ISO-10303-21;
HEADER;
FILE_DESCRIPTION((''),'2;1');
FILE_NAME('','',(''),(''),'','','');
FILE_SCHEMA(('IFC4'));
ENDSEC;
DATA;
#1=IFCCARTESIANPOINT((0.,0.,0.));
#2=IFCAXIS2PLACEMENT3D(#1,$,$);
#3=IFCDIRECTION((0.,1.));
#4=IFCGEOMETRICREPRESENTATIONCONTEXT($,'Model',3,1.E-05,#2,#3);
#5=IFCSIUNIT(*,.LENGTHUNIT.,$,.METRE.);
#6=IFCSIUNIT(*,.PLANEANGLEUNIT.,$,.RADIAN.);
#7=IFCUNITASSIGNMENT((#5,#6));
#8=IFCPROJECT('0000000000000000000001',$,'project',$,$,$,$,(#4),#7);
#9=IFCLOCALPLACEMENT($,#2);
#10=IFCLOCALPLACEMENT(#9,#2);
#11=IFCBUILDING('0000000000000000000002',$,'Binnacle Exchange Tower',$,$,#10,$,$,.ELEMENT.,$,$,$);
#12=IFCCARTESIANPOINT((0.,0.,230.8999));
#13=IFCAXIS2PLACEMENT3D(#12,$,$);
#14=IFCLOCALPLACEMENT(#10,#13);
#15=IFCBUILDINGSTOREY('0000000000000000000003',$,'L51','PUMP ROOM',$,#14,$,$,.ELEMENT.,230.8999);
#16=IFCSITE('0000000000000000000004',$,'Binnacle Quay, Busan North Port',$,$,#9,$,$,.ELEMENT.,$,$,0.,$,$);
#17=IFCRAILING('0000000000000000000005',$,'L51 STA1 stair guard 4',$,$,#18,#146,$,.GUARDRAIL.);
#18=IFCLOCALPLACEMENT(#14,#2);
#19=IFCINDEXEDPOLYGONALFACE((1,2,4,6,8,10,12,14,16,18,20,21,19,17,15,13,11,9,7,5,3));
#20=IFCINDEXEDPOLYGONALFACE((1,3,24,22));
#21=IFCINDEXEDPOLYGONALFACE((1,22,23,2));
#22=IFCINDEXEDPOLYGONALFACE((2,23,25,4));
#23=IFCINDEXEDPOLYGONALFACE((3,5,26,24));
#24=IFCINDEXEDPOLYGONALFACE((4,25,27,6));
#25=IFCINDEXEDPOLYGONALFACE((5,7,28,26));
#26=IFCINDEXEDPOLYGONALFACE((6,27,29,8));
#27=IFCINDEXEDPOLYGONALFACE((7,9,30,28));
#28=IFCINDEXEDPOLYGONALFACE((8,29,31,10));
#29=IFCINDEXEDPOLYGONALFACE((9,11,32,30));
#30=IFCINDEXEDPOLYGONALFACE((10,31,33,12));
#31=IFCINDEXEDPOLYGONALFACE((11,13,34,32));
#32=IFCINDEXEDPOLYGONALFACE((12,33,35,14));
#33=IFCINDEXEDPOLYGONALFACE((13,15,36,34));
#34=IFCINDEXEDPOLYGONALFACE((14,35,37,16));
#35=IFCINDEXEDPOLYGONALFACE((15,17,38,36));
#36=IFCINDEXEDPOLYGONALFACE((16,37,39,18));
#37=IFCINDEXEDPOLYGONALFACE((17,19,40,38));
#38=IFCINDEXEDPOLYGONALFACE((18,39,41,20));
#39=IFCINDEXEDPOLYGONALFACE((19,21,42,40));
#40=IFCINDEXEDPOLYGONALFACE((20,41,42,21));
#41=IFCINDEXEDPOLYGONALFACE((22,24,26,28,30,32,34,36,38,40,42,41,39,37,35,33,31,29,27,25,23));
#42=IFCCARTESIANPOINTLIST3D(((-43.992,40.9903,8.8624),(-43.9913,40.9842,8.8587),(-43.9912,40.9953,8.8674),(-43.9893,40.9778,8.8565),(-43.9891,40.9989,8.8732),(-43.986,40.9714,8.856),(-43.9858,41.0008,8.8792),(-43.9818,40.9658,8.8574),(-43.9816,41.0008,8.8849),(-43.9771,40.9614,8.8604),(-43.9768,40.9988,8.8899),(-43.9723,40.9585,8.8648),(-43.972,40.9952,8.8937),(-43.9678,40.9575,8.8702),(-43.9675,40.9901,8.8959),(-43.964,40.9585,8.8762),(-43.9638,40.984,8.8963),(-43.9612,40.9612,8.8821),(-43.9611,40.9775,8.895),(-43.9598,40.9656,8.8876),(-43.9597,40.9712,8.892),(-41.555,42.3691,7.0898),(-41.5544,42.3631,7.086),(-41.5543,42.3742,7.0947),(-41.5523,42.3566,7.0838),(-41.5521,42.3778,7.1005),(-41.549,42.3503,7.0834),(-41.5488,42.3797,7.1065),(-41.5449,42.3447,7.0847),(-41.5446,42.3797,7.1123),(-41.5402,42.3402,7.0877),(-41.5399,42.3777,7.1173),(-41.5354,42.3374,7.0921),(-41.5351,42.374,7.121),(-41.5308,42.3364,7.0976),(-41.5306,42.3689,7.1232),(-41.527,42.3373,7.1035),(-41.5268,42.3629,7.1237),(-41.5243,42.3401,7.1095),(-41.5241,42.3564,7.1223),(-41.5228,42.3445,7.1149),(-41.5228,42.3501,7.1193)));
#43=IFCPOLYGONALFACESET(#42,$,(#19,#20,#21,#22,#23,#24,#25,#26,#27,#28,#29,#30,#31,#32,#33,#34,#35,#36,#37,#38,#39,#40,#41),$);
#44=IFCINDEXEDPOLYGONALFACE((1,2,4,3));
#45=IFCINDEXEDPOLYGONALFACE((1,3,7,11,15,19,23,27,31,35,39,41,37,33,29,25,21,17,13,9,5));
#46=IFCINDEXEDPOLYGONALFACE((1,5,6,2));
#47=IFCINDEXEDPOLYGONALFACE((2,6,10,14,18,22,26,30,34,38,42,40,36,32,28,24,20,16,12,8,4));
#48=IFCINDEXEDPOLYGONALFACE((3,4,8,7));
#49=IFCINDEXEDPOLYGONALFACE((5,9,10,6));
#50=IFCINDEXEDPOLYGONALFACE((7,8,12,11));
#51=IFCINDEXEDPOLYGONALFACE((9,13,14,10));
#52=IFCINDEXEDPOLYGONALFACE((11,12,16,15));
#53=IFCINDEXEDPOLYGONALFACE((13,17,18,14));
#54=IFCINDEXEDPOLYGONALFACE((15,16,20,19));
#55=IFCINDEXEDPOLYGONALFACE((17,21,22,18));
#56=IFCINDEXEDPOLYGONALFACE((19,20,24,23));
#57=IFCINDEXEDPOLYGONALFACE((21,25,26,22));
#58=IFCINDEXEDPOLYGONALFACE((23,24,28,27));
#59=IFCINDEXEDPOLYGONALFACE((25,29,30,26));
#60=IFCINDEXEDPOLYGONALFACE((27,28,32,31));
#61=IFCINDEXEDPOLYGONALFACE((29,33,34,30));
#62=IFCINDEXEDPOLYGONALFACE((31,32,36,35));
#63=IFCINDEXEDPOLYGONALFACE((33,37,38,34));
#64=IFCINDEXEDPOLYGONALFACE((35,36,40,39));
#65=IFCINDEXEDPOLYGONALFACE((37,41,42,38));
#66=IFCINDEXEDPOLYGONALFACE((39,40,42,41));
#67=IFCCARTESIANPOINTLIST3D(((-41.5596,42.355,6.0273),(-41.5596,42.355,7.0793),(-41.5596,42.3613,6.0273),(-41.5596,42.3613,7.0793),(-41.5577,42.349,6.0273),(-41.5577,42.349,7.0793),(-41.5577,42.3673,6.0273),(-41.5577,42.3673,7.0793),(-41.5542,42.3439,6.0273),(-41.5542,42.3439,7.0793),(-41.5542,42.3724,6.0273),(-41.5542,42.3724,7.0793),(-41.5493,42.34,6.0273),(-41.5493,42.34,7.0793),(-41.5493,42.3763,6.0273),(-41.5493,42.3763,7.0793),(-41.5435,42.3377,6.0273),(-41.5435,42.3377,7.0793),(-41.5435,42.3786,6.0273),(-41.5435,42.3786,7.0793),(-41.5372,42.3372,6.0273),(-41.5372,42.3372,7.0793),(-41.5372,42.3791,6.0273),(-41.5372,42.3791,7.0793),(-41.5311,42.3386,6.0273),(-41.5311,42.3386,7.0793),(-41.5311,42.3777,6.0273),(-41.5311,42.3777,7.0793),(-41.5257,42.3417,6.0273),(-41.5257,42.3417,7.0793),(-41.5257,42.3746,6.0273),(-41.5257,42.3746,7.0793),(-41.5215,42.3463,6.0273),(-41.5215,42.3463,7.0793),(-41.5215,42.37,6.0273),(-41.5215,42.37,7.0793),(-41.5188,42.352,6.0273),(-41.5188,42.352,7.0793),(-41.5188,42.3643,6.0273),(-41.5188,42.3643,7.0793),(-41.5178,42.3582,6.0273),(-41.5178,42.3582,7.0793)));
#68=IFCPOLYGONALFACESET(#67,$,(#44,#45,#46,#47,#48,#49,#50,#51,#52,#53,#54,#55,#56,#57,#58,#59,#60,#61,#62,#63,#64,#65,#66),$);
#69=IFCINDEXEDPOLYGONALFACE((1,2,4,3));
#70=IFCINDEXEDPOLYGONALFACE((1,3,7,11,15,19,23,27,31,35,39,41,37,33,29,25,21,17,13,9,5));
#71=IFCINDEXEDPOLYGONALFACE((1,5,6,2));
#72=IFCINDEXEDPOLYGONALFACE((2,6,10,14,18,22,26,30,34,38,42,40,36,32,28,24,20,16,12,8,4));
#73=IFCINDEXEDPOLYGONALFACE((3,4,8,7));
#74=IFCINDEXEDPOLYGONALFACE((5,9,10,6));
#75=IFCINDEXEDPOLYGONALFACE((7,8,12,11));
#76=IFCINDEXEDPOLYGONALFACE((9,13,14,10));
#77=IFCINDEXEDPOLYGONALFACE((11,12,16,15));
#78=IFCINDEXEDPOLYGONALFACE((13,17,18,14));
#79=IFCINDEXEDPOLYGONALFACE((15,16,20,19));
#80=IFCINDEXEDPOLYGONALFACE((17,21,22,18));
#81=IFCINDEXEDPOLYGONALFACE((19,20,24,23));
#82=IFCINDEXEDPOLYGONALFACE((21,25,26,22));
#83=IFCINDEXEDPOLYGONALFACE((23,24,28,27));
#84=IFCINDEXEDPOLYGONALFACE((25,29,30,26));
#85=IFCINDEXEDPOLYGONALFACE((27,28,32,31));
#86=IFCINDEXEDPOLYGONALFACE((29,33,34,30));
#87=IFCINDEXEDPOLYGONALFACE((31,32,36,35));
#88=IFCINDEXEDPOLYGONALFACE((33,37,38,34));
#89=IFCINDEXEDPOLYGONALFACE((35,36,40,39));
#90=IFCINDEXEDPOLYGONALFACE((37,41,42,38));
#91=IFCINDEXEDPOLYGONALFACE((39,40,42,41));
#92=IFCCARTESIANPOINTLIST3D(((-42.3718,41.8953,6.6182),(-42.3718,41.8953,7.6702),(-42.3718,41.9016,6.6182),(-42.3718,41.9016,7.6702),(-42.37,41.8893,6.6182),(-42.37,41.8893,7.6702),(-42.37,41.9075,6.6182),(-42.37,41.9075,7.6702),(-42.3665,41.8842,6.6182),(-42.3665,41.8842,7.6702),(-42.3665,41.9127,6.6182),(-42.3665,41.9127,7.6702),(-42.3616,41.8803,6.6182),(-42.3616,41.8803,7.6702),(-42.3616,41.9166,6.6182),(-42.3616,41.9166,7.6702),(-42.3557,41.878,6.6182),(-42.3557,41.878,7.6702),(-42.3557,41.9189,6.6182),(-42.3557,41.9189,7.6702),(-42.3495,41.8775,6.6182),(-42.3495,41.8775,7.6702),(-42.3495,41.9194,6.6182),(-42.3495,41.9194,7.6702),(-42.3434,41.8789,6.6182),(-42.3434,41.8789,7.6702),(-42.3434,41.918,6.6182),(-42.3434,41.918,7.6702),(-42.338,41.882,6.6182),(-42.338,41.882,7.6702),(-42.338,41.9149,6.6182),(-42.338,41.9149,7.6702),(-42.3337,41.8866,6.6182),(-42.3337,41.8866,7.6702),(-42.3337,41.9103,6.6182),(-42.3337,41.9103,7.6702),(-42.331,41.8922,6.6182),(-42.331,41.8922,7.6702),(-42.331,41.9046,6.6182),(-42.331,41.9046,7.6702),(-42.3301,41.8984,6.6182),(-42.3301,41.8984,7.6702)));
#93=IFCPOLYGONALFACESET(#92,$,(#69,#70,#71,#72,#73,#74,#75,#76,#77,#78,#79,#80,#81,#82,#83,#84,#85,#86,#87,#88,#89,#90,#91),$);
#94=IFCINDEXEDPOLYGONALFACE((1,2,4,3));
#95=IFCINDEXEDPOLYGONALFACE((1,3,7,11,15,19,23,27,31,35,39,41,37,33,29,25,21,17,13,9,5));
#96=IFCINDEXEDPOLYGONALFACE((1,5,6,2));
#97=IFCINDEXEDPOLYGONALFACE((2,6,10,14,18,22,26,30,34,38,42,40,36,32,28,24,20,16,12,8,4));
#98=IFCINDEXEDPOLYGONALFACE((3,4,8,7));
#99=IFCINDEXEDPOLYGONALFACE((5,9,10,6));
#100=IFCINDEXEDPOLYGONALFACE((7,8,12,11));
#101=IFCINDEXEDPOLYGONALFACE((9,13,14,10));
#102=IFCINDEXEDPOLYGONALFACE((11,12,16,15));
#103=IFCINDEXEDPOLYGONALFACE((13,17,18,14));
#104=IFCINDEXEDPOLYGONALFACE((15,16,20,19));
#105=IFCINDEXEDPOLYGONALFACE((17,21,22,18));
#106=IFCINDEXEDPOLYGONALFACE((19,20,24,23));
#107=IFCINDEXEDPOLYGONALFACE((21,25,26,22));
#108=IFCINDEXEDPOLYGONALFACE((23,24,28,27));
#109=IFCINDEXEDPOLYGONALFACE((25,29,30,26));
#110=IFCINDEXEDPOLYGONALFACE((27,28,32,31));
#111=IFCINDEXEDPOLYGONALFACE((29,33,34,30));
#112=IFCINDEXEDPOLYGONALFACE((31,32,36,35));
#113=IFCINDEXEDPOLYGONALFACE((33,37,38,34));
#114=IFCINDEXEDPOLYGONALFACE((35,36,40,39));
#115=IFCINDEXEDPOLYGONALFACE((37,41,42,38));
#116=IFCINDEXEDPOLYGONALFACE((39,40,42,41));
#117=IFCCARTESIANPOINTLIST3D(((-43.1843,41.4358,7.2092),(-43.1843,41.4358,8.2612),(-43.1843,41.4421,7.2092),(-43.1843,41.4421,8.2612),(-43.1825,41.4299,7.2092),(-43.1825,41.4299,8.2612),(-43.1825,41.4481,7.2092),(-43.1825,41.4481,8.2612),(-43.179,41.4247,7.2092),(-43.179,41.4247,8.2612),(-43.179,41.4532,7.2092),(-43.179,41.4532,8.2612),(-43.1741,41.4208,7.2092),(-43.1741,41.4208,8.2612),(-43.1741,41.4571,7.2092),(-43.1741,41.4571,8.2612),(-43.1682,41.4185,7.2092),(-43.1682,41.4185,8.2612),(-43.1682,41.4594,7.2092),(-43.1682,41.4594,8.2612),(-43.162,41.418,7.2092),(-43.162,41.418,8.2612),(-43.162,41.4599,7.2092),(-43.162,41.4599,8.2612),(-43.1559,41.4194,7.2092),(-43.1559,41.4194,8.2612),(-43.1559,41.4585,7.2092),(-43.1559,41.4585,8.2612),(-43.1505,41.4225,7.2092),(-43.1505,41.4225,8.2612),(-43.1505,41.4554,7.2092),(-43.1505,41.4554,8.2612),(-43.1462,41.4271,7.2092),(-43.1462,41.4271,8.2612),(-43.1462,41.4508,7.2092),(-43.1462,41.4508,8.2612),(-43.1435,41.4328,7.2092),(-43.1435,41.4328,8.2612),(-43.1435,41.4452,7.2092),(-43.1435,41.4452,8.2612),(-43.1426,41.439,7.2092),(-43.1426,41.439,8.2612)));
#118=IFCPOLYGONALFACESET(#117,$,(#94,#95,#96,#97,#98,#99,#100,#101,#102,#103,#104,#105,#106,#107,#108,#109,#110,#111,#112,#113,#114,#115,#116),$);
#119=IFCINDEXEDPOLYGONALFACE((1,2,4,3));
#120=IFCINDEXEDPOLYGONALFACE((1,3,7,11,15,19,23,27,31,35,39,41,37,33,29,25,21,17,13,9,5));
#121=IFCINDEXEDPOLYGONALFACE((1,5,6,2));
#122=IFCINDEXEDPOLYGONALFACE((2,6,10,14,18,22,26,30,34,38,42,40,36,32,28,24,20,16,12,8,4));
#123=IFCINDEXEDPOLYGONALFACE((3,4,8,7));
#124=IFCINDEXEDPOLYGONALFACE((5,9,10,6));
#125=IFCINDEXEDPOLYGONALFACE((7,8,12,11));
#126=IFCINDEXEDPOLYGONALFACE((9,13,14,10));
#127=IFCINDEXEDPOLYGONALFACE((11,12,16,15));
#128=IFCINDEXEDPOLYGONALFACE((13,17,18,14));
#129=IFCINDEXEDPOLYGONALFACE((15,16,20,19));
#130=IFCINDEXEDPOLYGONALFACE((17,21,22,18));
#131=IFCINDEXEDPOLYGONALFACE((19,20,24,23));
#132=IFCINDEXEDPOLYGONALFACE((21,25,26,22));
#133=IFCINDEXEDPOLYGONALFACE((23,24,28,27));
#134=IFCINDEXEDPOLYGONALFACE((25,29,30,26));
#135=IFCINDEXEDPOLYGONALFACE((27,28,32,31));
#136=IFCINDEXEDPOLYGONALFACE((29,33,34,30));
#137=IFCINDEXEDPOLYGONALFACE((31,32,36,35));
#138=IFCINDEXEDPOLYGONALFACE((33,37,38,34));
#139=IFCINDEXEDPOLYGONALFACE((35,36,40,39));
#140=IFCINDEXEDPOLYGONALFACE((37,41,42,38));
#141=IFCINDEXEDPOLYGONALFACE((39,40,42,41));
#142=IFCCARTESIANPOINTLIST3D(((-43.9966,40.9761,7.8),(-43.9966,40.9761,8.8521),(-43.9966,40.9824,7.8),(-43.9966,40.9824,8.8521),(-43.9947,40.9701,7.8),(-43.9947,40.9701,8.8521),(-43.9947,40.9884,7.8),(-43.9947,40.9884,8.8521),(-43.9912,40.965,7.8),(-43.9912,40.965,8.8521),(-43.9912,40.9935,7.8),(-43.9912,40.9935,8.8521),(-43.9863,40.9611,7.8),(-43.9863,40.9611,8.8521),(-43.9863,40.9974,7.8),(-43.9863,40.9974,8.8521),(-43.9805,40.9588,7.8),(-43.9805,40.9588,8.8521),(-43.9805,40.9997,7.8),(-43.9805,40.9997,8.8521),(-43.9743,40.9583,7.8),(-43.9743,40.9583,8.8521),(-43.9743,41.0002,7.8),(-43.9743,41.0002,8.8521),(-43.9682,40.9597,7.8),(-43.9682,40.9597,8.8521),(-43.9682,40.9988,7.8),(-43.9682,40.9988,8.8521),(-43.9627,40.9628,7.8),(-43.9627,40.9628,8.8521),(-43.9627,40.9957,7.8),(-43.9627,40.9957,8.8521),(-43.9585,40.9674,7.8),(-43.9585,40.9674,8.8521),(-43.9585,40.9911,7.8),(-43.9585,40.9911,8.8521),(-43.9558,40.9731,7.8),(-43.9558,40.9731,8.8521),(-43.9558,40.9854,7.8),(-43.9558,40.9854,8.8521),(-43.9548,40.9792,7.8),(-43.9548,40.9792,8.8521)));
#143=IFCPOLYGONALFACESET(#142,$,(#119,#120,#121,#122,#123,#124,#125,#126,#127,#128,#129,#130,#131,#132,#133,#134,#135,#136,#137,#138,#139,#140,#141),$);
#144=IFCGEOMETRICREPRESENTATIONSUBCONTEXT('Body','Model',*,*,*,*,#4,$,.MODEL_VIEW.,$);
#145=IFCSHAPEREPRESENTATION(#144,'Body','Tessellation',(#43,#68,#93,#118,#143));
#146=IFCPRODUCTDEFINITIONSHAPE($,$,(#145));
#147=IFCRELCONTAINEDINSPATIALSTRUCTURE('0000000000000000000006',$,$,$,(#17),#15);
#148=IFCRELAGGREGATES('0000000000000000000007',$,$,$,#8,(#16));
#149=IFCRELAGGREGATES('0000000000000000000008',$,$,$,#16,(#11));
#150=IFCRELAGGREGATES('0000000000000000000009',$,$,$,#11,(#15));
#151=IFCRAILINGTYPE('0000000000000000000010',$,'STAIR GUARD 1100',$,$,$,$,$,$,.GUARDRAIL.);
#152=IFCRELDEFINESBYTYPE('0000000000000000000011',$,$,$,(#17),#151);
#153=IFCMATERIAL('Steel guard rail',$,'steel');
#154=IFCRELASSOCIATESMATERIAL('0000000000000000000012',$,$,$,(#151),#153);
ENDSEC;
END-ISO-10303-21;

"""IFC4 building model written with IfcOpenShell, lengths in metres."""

from ifc_helpers import new_model, si_unit, direction, frame, origin, origin_2d, place, context, subcontext, project, spatial, circle, extrude, material, type_object, element, save


model = new_model("IFC4")

# Units and contexts
model_context = context("Model", 3, precision=1e-05, world=origin(), true_north=direction((0.0, 1.0)))
body_context = subcontext(model_context, "Body", "Model", "MODEL_VIEW")
ifc_project = project(units=[si_unit("LENGTHUNIT", "METRE"), si_unit("PLANEANGLEUNIT", "RADIAN")], contexts=[model_context])

# Site, building, storey
site_placement = place(None, origin())
site = spatial("IfcSite", under=ifc_project, at=site_placement, Name="Binnacle Quay, Busan North Port", CompositionType="ELEMENT", RefElevation=0.0)
building_placement = place(site_placement, origin())
building = spatial("IfcBuilding", under=site, at=building_placement, Name="Binnacle Exchange Tower", CompositionType="ELEMENT")
storey_placement = place(building_placement, frame((0.0, 0.0, 230.8999)))
storey = spatial("IfcBuildingStorey", under=building, at=storey_placement, Name="L51", Description="PUMP ROOM", CompositionType="ELEMENT", Elevation=230.8999)

# Railing
ifc_material_1 = material(Name="Steel guard rail", Category="steel")
railing_type = type_object("IfcRailingType", Name="STAIR GUARD 1100", PredefinedType="GUARDRAIL", material=ifc_material_1)
railing_1_placement = place(storey_placement, frame((-41.5388, 42.3582, 6.0273)))
element("IfcRailing", 1, at=railing_1_placement, inside=storey, type_object=railing_type, Name="L51 STA1 stair guard 4", PredefinedType="GUARDRAIL", context=body_context, shape_type="SweptSolid", body=[
    extrude(circle(Radius=0.0239, at=origin_2d()), frame((0.0, 0.0, 1.0762), z_axis=(-0.735359, -0.41608, 0.534907), x_axis=(0.492454, -0.870339, 0.0)), (0.0, 0.0, 1.0), 3.314),
    extrude(circle(Radius=0.021, at=origin_2d()), origin(), (0.0, 0.0, 1.0), 1.052),
    extrude(circle(Radius=0.021, at=origin_2d()), frame((-0.8123, -0.4597, 0.5908)), (0.0, 0.0, 1.0), 1.052),
    extrude(circle(Radius=0.021, at=origin_2d()), frame((-1.6248, -0.9192, 1.1819)), (0.0, 0.0, 1.0), 1.052),
    extrude(circle(Radius=0.021, at=origin_2d()), frame((-2.437, -1.3789, 1.7727)), (0.0, 0.0, 1.0), 1.052),
])

save(model, "model.ifc")
